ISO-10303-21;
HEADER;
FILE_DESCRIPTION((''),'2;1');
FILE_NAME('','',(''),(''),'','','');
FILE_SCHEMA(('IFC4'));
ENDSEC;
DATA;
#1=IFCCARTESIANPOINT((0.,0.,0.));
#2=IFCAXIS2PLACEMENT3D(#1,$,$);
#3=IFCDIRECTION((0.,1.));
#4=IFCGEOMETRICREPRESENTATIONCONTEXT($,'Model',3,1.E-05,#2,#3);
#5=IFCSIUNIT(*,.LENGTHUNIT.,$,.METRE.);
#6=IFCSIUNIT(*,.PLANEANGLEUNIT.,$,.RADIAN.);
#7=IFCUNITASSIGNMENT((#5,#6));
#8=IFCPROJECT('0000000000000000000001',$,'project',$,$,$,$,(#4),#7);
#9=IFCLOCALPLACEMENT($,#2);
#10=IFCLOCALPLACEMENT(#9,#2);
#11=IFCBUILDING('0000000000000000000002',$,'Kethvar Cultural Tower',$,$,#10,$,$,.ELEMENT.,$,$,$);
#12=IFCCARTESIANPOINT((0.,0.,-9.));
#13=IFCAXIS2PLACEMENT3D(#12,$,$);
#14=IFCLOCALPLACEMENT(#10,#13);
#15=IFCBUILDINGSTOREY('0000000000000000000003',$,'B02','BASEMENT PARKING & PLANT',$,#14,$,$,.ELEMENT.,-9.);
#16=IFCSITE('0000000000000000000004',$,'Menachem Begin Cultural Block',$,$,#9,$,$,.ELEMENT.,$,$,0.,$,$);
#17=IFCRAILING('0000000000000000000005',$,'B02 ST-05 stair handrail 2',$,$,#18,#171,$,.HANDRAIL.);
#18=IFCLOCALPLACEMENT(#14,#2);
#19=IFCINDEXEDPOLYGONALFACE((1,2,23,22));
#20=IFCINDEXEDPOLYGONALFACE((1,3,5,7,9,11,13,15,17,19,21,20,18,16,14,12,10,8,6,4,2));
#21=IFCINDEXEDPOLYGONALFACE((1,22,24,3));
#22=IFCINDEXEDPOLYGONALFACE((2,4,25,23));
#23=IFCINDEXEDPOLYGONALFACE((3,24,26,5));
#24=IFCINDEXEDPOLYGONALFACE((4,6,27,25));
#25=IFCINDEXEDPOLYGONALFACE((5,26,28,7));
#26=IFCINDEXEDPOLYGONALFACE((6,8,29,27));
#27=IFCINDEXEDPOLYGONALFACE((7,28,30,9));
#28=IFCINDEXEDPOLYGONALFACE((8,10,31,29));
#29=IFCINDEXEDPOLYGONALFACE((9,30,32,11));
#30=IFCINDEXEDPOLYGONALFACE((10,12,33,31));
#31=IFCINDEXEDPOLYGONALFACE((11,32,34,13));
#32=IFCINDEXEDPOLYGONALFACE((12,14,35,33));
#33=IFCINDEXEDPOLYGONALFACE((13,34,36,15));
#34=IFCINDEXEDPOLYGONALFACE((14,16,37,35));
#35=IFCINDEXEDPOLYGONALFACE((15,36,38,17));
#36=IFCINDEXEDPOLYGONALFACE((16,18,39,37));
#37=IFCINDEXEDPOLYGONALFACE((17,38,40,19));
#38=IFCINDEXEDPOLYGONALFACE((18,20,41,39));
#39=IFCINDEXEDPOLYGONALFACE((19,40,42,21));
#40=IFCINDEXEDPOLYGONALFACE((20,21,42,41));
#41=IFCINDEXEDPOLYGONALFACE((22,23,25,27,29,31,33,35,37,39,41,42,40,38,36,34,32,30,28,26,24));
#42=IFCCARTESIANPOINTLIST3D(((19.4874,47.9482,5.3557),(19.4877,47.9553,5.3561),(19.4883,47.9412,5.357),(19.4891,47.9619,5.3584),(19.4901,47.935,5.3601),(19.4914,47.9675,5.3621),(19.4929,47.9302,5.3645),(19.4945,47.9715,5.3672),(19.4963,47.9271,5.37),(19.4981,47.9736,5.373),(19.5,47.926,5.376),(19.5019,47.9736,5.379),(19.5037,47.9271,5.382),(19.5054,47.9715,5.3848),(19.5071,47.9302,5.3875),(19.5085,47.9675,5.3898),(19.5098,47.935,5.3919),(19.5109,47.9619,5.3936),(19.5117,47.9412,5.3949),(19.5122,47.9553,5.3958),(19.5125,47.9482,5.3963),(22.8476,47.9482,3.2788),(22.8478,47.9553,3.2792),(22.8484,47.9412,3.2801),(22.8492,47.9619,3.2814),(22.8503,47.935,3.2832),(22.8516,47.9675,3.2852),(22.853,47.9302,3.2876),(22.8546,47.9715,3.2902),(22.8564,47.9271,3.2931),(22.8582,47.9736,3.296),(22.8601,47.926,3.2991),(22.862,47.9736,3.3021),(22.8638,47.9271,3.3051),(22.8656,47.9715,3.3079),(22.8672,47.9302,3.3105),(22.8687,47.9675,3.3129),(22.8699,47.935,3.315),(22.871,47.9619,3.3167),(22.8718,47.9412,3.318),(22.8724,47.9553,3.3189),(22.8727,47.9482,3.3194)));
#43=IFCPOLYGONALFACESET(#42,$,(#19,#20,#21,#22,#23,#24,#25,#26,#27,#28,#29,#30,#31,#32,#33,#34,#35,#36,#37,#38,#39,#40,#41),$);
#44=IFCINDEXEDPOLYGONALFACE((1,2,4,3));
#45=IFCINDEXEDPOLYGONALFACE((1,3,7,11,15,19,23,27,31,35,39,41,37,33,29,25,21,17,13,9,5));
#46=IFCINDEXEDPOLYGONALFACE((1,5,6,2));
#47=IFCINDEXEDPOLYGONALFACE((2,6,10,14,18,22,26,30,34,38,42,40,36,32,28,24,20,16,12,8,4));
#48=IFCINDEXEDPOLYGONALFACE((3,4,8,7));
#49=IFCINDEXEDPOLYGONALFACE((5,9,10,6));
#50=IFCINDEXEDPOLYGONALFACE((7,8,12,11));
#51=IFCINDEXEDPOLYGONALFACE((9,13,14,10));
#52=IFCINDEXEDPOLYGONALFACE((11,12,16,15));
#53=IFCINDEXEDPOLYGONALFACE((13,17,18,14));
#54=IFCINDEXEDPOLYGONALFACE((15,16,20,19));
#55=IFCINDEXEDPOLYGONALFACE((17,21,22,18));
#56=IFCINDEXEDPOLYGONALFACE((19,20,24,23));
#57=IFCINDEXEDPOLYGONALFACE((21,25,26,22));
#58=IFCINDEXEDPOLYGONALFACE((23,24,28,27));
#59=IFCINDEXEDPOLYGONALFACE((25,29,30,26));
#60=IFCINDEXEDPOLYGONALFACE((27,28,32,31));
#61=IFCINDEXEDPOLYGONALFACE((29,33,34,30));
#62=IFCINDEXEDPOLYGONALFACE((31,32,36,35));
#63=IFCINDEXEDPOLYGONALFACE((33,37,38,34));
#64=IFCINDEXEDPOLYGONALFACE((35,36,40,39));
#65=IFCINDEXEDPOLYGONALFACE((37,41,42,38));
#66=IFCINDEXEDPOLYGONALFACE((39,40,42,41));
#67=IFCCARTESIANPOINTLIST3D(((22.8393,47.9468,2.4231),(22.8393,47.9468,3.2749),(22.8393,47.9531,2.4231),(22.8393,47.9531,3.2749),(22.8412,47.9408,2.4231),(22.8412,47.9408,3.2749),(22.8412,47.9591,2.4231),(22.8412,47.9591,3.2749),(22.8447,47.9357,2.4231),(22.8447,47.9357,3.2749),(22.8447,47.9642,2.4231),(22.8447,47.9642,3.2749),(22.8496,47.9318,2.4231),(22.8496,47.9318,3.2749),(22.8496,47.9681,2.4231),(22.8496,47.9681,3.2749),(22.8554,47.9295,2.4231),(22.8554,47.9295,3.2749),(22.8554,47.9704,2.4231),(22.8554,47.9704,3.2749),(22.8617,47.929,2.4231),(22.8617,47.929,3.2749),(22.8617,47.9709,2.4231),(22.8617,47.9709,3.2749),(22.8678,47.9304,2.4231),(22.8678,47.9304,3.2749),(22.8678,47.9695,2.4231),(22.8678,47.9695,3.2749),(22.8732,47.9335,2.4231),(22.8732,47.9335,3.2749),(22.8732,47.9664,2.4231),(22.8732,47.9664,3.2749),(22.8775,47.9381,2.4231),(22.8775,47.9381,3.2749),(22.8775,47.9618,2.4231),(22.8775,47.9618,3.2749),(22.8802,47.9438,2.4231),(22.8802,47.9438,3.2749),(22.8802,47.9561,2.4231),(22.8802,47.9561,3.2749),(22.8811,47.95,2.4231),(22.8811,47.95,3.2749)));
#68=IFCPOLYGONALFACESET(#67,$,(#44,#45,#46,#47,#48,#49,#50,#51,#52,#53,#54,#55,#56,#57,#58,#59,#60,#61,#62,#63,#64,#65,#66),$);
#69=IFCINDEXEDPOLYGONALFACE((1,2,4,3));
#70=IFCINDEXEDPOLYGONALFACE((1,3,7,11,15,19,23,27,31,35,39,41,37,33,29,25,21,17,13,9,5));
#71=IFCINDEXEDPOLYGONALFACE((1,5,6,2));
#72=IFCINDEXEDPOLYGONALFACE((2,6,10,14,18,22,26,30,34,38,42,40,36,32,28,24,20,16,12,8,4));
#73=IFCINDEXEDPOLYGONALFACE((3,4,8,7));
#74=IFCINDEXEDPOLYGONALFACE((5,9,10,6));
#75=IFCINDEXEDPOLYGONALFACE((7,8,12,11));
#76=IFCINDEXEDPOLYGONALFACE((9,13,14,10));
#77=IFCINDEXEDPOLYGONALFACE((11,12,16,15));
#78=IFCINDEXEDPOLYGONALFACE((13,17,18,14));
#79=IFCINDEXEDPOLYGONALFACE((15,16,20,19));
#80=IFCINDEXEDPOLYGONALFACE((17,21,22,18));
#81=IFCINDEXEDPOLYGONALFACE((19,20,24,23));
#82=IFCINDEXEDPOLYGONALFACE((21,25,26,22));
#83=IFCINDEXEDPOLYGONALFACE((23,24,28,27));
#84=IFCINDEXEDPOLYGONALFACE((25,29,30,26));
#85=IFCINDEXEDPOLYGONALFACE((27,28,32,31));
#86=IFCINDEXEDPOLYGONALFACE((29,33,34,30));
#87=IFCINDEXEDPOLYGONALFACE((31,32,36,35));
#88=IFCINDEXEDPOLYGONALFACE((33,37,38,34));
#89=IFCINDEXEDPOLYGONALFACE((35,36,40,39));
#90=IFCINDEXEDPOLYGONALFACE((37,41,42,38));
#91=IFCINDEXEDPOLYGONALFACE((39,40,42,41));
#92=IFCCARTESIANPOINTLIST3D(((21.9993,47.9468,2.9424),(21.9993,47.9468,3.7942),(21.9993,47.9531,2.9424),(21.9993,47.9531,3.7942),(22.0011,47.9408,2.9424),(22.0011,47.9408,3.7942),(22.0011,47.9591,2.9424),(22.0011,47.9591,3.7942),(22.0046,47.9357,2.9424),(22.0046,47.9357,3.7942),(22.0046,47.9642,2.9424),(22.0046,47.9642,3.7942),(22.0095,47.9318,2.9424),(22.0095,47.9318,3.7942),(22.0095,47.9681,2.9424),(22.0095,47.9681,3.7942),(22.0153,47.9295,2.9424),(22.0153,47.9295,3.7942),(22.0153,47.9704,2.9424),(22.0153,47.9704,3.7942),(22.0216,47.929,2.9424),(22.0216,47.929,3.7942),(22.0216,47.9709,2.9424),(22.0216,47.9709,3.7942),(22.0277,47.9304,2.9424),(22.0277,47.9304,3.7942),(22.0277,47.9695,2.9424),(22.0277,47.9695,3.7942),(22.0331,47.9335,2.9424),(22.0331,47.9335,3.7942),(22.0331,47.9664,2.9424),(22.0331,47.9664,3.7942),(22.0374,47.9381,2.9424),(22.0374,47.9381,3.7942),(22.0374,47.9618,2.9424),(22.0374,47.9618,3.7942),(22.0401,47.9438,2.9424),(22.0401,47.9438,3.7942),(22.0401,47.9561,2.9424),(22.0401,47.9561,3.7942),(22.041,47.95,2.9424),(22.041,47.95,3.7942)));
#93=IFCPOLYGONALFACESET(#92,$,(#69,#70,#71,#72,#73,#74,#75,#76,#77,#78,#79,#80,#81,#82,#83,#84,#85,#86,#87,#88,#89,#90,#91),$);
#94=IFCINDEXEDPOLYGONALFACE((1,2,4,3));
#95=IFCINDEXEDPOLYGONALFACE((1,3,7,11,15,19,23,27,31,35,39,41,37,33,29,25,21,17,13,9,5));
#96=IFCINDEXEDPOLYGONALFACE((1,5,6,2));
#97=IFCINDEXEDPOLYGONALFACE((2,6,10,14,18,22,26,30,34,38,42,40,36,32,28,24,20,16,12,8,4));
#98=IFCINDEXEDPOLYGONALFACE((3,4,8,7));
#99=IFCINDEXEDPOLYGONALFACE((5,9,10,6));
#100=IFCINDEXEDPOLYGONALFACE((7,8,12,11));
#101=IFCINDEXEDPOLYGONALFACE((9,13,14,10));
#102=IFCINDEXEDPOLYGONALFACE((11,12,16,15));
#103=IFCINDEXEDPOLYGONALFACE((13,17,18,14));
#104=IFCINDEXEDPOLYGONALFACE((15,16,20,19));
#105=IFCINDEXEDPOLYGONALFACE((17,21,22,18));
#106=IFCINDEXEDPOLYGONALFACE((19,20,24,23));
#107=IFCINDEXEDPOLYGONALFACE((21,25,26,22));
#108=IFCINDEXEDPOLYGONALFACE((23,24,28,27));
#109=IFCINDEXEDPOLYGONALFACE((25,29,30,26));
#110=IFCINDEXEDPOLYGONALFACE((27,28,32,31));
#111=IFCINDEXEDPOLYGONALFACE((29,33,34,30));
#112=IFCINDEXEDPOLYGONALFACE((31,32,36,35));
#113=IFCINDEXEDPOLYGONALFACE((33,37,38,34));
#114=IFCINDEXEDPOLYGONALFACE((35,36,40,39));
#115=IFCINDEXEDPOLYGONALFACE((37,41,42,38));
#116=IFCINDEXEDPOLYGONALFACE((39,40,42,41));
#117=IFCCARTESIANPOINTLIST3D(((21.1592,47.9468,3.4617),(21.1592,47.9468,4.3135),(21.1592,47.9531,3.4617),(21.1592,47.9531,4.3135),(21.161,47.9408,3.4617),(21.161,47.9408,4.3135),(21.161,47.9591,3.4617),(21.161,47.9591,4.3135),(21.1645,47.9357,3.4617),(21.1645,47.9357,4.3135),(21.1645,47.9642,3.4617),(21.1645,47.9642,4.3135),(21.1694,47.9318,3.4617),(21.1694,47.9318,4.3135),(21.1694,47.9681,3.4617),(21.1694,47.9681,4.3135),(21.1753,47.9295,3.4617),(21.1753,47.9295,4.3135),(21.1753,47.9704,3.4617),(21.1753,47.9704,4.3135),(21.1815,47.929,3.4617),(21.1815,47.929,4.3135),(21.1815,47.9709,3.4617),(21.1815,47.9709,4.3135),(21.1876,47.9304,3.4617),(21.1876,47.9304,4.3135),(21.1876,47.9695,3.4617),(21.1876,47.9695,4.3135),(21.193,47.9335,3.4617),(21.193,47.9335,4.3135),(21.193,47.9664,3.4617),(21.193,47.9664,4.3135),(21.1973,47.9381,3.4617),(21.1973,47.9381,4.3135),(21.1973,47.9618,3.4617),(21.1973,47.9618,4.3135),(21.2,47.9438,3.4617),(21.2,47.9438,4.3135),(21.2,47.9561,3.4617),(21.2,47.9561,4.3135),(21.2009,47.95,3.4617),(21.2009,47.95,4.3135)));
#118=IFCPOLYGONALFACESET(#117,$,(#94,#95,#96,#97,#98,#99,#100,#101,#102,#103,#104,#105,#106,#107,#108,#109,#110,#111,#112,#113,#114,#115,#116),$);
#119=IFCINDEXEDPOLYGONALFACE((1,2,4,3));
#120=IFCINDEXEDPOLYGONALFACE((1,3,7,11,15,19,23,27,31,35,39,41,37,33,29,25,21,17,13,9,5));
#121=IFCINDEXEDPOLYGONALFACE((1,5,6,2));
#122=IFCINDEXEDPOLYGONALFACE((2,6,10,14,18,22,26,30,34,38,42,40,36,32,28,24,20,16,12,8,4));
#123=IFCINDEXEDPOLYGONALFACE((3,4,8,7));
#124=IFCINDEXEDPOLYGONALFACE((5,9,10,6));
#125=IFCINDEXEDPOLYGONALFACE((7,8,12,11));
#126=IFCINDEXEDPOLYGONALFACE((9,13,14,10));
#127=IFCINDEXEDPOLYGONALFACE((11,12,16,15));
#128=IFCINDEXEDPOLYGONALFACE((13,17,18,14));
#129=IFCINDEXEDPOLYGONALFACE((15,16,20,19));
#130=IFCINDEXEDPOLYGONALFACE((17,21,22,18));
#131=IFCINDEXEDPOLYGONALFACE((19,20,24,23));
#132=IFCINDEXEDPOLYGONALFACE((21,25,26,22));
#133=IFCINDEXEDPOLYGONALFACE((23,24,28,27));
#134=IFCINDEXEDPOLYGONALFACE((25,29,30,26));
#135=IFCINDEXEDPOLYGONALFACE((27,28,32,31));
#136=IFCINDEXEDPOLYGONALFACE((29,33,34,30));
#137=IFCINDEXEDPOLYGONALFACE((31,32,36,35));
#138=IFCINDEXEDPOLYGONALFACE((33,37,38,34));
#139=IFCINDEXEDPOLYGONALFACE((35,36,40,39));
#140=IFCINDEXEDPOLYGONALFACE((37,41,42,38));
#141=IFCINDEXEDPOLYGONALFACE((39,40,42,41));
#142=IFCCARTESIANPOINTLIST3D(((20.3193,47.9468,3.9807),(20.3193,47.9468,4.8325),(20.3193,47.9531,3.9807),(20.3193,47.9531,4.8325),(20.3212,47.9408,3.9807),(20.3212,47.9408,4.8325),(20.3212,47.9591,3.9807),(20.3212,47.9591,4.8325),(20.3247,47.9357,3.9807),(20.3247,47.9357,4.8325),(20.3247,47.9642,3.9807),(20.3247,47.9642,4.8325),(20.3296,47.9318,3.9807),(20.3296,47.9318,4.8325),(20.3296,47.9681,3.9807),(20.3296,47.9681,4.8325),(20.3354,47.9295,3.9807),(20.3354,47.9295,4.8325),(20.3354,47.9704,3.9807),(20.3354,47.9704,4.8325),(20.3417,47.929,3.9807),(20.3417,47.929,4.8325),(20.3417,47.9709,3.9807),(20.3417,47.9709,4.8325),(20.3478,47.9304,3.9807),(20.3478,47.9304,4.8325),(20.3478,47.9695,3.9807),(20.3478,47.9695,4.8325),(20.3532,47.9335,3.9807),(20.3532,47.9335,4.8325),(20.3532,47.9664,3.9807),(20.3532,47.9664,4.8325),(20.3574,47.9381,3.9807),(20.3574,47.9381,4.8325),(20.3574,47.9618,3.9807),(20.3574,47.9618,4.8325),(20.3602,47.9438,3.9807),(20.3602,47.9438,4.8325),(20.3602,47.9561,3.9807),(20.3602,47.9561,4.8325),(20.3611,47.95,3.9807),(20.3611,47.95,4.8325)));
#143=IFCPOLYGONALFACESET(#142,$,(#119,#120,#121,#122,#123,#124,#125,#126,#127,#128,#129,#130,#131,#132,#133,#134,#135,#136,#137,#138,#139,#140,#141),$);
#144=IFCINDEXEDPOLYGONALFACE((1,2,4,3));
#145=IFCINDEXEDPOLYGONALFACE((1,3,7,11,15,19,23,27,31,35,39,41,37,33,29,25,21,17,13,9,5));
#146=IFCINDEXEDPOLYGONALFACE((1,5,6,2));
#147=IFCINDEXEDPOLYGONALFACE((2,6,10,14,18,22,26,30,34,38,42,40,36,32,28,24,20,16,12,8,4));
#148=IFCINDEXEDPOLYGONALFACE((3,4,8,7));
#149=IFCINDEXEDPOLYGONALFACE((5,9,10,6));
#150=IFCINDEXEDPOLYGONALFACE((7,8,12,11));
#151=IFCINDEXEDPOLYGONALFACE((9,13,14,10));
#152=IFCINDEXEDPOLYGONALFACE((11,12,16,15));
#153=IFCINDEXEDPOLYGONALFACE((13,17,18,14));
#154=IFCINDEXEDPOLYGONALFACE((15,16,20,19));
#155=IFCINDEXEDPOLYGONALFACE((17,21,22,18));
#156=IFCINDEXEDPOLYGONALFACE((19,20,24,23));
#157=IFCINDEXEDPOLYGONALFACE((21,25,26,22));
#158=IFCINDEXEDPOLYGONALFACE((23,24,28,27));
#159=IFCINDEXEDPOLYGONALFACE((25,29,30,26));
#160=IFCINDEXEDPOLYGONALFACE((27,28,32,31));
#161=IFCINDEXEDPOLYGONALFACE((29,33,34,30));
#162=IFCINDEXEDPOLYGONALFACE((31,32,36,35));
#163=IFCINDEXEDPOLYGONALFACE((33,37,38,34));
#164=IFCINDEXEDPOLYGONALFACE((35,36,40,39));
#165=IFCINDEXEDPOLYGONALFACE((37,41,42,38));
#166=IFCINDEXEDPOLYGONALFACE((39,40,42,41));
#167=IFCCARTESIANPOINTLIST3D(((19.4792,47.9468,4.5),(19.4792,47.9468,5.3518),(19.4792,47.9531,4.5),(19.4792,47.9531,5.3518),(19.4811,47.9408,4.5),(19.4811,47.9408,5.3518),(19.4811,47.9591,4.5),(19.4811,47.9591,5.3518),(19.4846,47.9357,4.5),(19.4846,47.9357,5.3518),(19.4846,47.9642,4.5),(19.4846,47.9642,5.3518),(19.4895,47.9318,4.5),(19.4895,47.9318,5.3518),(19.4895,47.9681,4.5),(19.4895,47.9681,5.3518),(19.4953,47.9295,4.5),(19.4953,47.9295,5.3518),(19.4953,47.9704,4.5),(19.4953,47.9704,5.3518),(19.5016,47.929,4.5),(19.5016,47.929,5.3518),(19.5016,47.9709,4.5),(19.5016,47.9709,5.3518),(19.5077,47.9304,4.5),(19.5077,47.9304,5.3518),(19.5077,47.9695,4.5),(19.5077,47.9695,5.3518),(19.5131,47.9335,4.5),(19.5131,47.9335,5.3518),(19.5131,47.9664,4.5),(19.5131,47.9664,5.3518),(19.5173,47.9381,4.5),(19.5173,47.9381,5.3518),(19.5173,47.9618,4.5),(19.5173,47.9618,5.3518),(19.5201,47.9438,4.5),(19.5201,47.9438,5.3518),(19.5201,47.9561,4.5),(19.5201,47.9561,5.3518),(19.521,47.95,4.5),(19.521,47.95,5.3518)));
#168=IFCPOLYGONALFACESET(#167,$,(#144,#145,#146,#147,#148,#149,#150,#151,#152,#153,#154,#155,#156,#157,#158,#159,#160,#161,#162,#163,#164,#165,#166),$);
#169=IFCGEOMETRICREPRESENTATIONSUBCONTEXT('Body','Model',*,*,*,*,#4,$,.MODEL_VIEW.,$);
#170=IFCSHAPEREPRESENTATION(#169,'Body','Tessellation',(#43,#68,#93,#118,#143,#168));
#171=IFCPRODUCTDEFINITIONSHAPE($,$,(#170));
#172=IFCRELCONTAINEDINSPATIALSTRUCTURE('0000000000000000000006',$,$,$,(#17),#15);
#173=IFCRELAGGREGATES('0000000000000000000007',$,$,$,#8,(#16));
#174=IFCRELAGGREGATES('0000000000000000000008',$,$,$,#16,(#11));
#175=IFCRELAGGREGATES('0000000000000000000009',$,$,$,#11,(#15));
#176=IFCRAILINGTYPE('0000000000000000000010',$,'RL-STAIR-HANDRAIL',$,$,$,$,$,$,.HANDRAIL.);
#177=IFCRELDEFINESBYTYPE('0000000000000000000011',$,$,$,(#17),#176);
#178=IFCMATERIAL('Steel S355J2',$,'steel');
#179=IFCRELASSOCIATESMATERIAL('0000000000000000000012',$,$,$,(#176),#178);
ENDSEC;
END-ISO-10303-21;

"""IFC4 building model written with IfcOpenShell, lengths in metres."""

from ifc_helpers import new_model, si_unit, direction, frame, origin, origin_2d, place, context, subcontext, project, spatial, circle, extrude, material, type_object, element, save


model = new_model("IFC4")

# Units and contexts
model_context = context("Model", 3, precision=1e-05, world=origin(), true_north=direction((0.0, 1.0)))
body_context = subcontext(model_context, "Body", "Model", "MODEL_VIEW")
ifc_project = project(units=[si_unit("LENGTHUNIT", "METRE"), si_unit("PLANEANGLEUNIT", "RADIAN")], contexts=[model_context])

# Site, building, storey
site_placement = place(None, origin())
site = spatial("IfcSite", under=ifc_project, at=site_placement, Name="Menachem Begin Cultural Block", CompositionType="ELEMENT", RefElevation=0.0)
building_placement = place(site_placement, origin())
building = spatial("IfcBuilding", under=site, at=building_placement, Name="Kethvar Cultural Tower", CompositionType="ELEMENT")
storey_placement = place(building_placement, frame((0.0, 0.0, -9.0)))
storey = spatial("IfcBuildingStorey", under=building, at=storey_placement, Name="B02", Description="BASEMENT PARKING & PLANT", CompositionType="ELEMENT", Elevation=-9.0)

# Shared definitions
ifc_material_1 = material(Name="Steel S355J2", Category="steel")

# Railing
railing_type_1 = type_object("IfcRailingType", Name="RL-STAIR-HANDRAIL", PredefinedType="HANDRAIL", material=ifc_material_1)
railing_1_placement = place(storey_placement, frame((22.8601, 47.95, 2.4231)))
element("IfcRailing", 1, at=railing_1_placement, inside=storey, type_object=railing_type_1, Name="B02 ST-05 stair handrail 2", PredefinedType="HANDRAIL", context=body_context, shape_type="SweptSolid", body=[
    extrude(circle(Radius=0.0239, at=origin_2d()), frame((0.0, 0.0, 0.876), z_axis=(-0.850623, 0.0, 0.525776), x_axis=(0.0, -1.0, 0.0)), (0.0, 0.0, 1.0), 3.9502),
    extrude(circle(Radius=0.021, at=origin_2d()), origin(), (0.0, 0.0, 1.0), 0.8518),
    extrude(circle(Radius=0.021, at=origin_2d()), frame((-0.8401, 0.0, 0.5193)), (0.0, 0.0, 1.0), 0.8518),
    extrude(circle(Radius=0.021, at=origin_2d()), frame((-1.6802, 0.0, 1.0386)), (0.0, 0.0, 1.0), 0.8518),
    extrude(circle(Radius=0.021, at=origin_2d()), frame((-2.52, 0.0, 1.5576)), (0.0, 0.0, 1.0), 0.8518),
    extrude(circle(Radius=0.021, at=origin_2d()), frame((-3.3601, 0.0, 2.0769)), (0.0, 0.0, 1.0), 0.8518),
])

save(model, "model.ifc")
